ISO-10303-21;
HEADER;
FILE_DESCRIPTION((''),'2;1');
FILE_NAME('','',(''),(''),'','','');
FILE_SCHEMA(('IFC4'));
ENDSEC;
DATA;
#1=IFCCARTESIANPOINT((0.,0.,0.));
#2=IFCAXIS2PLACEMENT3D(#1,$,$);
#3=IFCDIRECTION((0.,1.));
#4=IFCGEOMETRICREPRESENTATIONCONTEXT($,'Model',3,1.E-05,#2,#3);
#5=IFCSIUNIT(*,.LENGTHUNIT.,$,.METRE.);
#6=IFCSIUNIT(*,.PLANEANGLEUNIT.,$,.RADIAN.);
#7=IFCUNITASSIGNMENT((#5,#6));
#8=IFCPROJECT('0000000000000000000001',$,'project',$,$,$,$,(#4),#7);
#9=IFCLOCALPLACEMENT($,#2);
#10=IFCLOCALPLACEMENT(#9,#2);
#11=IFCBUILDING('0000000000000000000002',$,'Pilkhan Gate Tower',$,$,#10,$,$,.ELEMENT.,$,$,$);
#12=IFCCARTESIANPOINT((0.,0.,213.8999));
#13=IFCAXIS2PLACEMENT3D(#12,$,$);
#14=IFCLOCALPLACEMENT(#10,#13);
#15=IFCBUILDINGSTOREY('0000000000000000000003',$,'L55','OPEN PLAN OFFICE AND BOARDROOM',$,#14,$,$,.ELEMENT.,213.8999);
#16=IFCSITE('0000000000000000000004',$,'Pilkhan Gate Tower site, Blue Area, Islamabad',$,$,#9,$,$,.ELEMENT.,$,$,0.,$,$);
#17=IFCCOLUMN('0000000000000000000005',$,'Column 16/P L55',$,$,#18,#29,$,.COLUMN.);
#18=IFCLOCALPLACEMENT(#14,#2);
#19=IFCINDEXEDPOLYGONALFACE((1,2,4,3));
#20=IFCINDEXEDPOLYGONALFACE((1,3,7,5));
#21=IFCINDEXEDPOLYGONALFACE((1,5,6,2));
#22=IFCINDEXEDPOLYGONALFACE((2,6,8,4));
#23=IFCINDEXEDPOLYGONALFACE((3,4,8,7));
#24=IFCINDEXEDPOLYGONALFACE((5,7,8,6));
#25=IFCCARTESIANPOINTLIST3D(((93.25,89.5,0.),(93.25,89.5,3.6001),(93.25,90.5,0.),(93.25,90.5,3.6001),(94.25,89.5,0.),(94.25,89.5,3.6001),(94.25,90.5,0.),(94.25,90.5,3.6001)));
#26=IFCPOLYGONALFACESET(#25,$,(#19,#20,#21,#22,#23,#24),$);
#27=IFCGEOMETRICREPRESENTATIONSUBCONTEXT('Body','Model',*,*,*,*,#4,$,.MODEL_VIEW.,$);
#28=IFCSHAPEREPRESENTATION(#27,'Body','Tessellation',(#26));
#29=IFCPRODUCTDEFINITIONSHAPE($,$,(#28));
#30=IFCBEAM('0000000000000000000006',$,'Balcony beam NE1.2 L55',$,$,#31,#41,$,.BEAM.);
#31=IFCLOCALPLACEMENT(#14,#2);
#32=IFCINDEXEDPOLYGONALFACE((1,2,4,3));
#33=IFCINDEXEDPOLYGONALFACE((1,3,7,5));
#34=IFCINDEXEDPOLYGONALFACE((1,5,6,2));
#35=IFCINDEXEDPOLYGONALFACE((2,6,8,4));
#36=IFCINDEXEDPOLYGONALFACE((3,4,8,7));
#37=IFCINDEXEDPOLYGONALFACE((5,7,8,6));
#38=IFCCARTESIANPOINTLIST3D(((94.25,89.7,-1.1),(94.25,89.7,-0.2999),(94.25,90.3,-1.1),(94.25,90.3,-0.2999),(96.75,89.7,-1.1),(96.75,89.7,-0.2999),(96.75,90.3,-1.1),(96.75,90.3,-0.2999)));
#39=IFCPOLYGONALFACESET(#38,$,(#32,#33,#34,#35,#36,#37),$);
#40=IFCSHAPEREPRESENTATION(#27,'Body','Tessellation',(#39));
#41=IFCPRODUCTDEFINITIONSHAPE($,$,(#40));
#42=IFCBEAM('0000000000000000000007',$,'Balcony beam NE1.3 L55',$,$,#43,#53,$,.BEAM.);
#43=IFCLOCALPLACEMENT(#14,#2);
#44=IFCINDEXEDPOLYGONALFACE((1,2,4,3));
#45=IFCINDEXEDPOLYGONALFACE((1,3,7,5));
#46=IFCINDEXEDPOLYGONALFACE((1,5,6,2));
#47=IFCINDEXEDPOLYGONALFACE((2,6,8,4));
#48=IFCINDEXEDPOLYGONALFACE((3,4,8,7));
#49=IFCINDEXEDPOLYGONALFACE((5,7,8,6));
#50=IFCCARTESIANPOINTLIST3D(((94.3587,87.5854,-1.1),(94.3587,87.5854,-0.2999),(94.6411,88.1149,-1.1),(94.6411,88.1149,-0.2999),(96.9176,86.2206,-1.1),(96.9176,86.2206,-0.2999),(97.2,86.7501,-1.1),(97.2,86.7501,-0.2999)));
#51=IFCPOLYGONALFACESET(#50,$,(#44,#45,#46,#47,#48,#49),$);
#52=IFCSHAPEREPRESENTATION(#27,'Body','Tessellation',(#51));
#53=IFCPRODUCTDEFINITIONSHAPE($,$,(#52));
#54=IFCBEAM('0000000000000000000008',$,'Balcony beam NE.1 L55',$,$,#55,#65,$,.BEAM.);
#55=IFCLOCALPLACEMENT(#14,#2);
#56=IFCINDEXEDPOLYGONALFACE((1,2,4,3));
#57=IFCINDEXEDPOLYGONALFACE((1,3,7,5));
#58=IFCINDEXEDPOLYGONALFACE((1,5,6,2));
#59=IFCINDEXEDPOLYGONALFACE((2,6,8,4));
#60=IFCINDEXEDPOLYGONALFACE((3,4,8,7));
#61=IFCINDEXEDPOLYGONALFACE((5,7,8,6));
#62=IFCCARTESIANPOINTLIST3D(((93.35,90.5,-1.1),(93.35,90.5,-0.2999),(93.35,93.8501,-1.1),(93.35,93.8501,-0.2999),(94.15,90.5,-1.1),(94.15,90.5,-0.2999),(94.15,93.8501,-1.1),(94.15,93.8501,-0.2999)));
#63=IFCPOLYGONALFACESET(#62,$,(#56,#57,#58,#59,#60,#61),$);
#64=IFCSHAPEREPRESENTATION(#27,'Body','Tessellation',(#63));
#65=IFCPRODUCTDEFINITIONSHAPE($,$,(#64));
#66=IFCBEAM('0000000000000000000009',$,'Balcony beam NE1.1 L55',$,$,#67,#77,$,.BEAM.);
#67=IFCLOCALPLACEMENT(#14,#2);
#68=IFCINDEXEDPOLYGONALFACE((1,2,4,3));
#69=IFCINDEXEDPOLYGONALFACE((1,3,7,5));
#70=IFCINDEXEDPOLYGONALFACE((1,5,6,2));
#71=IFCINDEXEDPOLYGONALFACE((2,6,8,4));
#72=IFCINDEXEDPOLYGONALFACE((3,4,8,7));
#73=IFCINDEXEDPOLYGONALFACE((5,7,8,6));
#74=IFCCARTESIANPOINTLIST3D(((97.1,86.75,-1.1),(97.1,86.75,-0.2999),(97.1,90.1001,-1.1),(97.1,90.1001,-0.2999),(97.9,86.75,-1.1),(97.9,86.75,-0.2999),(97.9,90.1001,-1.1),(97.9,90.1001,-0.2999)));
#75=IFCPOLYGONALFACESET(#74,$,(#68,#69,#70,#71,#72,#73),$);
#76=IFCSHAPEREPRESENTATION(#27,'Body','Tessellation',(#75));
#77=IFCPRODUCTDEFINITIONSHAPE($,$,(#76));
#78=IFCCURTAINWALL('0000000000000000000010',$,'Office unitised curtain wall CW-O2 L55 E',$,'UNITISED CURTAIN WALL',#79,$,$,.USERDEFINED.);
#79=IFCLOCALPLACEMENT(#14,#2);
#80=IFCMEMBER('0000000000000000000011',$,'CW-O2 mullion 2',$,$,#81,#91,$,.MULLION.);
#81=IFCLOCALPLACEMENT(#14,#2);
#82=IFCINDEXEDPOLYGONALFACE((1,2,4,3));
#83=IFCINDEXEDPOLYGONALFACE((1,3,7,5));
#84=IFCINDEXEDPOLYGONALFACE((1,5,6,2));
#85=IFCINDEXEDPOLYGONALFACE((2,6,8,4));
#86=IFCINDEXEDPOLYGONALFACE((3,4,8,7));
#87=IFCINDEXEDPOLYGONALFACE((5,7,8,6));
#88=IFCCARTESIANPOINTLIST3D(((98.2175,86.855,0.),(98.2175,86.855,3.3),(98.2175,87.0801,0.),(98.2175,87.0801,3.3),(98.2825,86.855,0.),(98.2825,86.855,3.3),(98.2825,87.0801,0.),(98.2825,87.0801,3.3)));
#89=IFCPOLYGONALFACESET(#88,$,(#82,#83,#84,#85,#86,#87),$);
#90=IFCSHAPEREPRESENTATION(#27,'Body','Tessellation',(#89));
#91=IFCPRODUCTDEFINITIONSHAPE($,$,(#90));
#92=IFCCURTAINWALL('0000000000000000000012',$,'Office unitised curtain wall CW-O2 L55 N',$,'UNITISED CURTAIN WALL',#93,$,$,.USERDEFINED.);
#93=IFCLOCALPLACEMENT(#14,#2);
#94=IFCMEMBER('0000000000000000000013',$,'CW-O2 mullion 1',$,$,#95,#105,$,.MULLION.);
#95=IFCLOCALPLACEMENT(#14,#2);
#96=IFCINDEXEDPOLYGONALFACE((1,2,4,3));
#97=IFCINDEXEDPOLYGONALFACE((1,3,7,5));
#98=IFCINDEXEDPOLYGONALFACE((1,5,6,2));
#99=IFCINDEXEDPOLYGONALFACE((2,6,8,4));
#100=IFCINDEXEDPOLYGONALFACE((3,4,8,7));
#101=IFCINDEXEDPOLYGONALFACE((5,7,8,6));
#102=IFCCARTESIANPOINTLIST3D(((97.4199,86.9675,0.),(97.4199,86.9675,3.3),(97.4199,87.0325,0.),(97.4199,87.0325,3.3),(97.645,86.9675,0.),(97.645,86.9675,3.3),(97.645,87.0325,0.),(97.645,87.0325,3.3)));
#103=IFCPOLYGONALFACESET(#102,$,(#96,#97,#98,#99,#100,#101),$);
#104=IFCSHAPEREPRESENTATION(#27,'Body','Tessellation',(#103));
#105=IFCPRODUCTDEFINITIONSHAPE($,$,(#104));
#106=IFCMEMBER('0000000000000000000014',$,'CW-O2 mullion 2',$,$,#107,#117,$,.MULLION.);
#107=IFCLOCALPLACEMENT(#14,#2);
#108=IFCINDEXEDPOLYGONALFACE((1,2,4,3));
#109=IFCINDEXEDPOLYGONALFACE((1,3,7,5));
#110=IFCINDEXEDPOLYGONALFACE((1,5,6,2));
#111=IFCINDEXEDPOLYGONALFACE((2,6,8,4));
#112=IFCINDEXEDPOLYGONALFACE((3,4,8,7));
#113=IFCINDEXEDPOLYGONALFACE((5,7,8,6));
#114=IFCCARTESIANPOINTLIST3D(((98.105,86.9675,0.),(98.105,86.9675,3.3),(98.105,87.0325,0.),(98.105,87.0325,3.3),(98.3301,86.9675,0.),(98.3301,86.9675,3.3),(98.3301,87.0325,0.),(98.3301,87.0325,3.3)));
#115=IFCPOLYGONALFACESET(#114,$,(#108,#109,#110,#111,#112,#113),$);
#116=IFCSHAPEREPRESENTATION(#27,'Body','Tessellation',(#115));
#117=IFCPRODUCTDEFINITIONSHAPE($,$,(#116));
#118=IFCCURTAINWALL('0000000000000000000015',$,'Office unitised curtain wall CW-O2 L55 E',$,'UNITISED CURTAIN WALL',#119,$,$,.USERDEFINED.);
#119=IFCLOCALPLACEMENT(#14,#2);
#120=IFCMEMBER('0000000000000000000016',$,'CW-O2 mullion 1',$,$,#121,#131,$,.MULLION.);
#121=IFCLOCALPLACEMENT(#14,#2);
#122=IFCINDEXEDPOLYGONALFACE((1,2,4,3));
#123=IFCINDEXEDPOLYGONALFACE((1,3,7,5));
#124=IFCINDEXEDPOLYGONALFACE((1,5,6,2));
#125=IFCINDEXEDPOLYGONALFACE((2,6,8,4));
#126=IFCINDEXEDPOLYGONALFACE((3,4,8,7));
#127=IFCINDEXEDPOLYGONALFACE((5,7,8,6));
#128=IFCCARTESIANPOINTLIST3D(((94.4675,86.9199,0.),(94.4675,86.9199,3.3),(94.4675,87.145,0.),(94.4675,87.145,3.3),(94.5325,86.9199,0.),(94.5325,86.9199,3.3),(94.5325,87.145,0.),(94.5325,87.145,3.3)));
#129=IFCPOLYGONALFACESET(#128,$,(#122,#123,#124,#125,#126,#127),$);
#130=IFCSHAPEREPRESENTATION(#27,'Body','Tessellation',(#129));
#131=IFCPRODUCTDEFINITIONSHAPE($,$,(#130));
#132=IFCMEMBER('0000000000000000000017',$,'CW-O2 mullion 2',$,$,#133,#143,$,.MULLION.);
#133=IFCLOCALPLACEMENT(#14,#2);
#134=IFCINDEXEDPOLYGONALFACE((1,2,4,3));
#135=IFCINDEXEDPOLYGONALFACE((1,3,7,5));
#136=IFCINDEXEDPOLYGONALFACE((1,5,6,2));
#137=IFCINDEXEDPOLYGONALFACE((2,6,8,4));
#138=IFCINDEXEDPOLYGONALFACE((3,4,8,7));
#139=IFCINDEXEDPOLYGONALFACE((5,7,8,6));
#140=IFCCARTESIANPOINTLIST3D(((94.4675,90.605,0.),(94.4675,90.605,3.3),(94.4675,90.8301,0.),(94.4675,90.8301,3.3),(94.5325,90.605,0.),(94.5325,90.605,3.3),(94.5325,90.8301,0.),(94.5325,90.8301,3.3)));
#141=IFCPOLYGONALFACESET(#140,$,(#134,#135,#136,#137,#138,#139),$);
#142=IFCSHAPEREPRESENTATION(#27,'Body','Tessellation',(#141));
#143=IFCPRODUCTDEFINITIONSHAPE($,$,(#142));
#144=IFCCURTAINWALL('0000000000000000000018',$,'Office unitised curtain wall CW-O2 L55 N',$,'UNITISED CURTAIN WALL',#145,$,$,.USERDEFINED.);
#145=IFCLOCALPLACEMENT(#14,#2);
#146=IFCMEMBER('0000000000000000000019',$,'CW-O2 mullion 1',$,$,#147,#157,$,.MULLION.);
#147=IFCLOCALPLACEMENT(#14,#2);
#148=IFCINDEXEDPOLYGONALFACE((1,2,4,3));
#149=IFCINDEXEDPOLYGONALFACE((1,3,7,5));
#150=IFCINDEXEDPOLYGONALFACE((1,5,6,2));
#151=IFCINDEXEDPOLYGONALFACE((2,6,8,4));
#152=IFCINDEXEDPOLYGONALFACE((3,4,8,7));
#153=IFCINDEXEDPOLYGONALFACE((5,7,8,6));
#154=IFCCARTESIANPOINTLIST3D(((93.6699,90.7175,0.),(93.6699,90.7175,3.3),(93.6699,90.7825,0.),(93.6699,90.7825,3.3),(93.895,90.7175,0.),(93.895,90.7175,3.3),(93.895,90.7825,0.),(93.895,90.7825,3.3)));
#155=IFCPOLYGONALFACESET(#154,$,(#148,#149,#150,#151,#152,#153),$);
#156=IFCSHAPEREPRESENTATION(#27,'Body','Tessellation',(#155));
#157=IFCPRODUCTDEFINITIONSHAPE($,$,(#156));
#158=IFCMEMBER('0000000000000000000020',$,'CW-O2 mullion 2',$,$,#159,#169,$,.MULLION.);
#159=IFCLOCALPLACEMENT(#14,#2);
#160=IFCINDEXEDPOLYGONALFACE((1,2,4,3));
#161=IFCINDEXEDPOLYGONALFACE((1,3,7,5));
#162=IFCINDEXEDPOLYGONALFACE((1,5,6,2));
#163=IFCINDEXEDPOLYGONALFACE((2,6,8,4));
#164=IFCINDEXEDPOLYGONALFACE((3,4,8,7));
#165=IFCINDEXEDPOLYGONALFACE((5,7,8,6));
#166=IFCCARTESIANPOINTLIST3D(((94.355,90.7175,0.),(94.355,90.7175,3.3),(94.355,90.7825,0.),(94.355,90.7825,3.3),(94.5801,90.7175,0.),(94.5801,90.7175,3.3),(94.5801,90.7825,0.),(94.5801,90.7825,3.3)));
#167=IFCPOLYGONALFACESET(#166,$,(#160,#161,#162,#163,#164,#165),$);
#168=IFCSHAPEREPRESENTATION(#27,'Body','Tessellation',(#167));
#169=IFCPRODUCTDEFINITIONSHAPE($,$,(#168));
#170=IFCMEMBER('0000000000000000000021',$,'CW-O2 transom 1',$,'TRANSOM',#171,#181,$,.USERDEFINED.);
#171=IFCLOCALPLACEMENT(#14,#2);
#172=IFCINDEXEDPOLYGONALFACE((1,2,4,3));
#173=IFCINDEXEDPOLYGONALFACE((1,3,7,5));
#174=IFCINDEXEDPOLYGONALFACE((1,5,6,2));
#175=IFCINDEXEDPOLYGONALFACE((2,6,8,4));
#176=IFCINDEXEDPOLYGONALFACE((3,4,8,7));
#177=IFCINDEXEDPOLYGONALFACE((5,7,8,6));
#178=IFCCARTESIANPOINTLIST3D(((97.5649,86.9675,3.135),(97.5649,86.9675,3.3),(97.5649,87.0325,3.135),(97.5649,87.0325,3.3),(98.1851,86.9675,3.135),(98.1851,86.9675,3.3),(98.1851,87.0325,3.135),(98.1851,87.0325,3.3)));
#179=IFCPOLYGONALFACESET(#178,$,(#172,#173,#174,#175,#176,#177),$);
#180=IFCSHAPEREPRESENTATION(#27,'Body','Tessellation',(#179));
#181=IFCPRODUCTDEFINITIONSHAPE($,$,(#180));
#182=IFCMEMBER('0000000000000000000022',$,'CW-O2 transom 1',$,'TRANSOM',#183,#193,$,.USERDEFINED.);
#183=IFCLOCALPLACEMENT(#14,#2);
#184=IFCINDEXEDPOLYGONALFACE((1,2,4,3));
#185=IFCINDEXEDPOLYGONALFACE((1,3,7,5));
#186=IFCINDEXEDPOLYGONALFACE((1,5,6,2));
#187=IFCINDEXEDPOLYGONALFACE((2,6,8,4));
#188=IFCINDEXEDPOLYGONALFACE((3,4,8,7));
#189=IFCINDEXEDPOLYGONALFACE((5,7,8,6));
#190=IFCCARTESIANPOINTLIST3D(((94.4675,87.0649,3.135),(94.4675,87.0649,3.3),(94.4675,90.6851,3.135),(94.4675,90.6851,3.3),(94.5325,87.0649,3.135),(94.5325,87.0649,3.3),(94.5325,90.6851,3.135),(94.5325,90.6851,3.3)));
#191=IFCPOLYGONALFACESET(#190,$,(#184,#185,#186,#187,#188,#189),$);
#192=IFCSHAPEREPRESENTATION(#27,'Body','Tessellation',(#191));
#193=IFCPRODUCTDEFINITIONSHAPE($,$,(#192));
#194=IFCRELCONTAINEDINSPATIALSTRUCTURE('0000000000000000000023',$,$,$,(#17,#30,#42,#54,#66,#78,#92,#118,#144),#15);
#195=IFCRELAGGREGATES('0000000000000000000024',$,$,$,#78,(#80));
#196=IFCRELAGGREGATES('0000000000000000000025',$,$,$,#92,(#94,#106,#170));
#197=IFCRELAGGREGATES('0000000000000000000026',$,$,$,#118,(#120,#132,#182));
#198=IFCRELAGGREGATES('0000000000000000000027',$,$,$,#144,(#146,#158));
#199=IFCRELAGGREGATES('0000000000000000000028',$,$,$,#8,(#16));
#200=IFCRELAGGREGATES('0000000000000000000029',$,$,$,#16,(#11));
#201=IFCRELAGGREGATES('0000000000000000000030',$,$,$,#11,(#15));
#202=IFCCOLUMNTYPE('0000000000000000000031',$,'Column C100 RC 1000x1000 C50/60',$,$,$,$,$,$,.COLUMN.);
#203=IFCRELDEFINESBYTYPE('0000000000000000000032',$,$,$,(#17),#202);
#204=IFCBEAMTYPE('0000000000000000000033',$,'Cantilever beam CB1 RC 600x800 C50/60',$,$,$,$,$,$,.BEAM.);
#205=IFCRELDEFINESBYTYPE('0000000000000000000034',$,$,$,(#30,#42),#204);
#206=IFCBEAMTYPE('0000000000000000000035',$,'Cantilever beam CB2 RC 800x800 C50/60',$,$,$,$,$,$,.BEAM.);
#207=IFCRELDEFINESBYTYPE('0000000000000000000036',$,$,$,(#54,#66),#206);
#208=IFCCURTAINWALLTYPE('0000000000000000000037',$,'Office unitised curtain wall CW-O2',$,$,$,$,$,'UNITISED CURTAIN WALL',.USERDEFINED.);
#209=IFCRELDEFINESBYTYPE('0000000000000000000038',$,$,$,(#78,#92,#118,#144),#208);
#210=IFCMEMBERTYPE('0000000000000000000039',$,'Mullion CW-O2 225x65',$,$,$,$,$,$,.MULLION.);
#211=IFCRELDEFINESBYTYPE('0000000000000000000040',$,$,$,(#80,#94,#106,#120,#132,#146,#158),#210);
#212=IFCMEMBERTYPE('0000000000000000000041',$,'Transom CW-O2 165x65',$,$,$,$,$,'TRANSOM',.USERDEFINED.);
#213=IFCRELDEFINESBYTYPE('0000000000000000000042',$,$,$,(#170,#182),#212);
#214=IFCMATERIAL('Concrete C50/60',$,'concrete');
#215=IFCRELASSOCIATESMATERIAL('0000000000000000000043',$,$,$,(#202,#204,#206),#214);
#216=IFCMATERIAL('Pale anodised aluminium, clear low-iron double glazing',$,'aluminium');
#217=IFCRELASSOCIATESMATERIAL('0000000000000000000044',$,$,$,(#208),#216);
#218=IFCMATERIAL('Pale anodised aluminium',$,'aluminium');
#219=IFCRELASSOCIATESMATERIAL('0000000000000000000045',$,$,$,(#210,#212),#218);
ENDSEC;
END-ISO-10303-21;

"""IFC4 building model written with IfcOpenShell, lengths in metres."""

from ifc_helpers import new_model, si_unit, direction, frame, origin, origin_2d, place, context, subcontext, project, spatial, rectangle, extrude, material, material_profile, profile_set, type_object, element, aggregate, save


model = new_model("IFC4")

# Units and contexts
model_context = context("Model", 3, precision=1e-05, world=origin(), true_north=direction((0.0, 1.0)))
body_context = subcontext(model_context, "Body", "Model", "MODEL_VIEW")
ifc_project = project(units=[si_unit("LENGTHUNIT", "METRE"), si_unit("PLANEANGLEUNIT", "RADIAN")], contexts=[model_context])

# Site, building, storey
site_placement = place(None, origin())
site = spatial("IfcSite", under=ifc_project, at=site_placement, Name="Pilkhan Gate Tower site, Blue Area, Islamabad", CompositionType="ELEMENT", RefElevation=0.0)
building_placement = place(site_placement, origin())
building = spatial("IfcBuilding", under=site, at=building_placement, Name="Pilkhan Gate Tower", CompositionType="ELEMENT")
storey_placement = place(building_placement, frame((0.0, 0.0, 213.8999)))
storey = spatial("IfcBuildingStorey", under=building, at=storey_placement, Name="L55", Description="OPEN PLAN OFFICE AND BOARDROOM", CompositionType="ELEMENT", Elevation=213.8999)

# Column
ifc_material_1 = material(Name="Concrete C50/60", Category="concrete")
ifc_material_profile_1 = material_profile(ifc_material_1, rectangle(XDim=1.0, YDim=1.0, at=origin_2d()), Name="RC 1000x1000")
ifc_profile_set_1 = profile_set([ifc_material_profile_1], Name="Concrete C50/60")
column_type = type_object("IfcColumnType", Name="Column C100 RC 1000x1000 C50/60", PredefinedType="COLUMN", material=ifc_profile_set_1)
column_placement = place(storey_placement, frame((93.75, 90.0, 0.0), z_axis=(0.0, 0.0, 1.0), x_axis=(1.0, 0.0, 0.0)))
element("IfcColumn", 1, at=column_placement, inside=storey, type_object=column_type, Name="Column 16/P L55", PredefinedType="COLUMN", context=body_context, shape_type="SweptSolid", body=[
    extrude(rectangle(XDim=1.0, YDim=1.0, at=origin_2d()), origin(), (0.0, 0.0, 1.0), 3.6001),
])

# Beams
ifc_material_profile_2 = material_profile(ifc_material_1, rectangle(XDim=0.6001, YDim=0.8, at=origin_2d()), Name="RC 600x800")
ifc_profile_set_2 = profile_set([ifc_material_profile_2], Name="Concrete C50/60")
beam_type_1 = type_object("IfcBeamType", Name="Cantilever beam CB1 RC 600x800 C50/60", PredefinedType="BEAM", material=ifc_profile_set_2)
beam_1_placement = place(storey_placement, frame((94.25, 90.0, -0.7), z_axis=(1.0, 0.0, 0.0), x_axis=(0.0, 1.0, 0.0)))
element("IfcBeam", 2, at=beam_1_placement, inside=storey, type_object=beam_type_1, Name="Balcony beam NE1.2 L55", PredefinedType="BEAM", context=body_context, shape_type="SweptSolid", body=[
    extrude(rectangle(XDim=0.6001, YDim=0.8, at=origin_2d()), origin(), (0.0, 0.0, 1.0), 2.5),
])
beam_2_placement = place(storey_placement, frame((97.0588, 86.4854, -0.7), z_axis=(-0.882348, 0.470597, 0.0), x_axis=(-0.470597, -0.882348, 0.0)))
element("IfcBeam", 3, at=beam_2_placement, inside=storey, type_object=beam_type_1, Name="Balcony beam NE1.3 L55", PredefinedType="BEAM", context=body_context, shape_type="SweptSolid", body=[
    extrude(rectangle(XDim=0.6001, YDim=0.8, at=origin_2d()), origin(), (0.0, 0.0, 1.0), 2.9001),
])
ifc_material_profile_3 = material_profile(ifc_material_1, rectangle(XDim=0.8, YDim=0.8, at=origin_2d()), Name="RC 800x800")
ifc_profile_set_3 = profile_set([ifc_material_profile_3], Name="Concrete C50/60")
beam_type_2 = type_object("IfcBeamType", Name="Cantilever beam CB2 RC 800x800 C50/60", PredefinedType="BEAM", material=ifc_profile_set_3)
for number, where, z_axis, x_axis, name in (
    (4, (93.75, 90.5, -0.7), (0.0, 1.0, 0.0), (-1.0, 0.0, 0.0), "Balcony beam NE.1 L55"),
    (5, (97.5, 86.75, -0.7), (0.0, 1.0, 0.0), (-1.0, 0.0, 0.0), "Balcony beam NE1.1 L55"),
):
    element("IfcBeam", number, at=place(storey_placement, frame(where, z_axis=z_axis, x_axis=x_axis)), inside=storey, type_object=beam_type_2, Name=name, PredefinedType="BEAM", context=body_context, shape_type="SweptSolid", body=[
        extrude(rectangle(XDim=0.8, YDim=0.8, at=origin_2d()), origin(), (0.0, 0.0, 1.0), 3.3501),
    ])

# Curtain wall, member
ifc_material_2 = material(Name="Pale anodised aluminium, clear low-iron double glazing", Category="aluminium")
curtain_wall_type = type_object("IfcCurtainWallType", Name="Office unitised curtain wall CW-O2", ElementType="UNITISED CURTAIN WALL", PredefinedType="USERDEFINED", material=ifc_material_2)
curtain_wall_1_placement = place(storey_placement, origin())
curtain_wall_1 = element("IfcCurtainWall", 6, at=curtain_wall_1_placement, inside=storey, type_object=curtain_wall_type, Name="Office unitised curtain wall CW-O2 L55 E", ObjectType="UNITISED CURTAIN WALL", PredefinedType="USERDEFINED")
ifc_material_3 = material(Name="Pale anodised aluminium", Category="aluminium")
ifc_material_profile_4 = material_profile(ifc_material_3, rectangle(XDim=0.0649, YDim=0.2251, at=origin_2d()), Name="Mullion 225x65")
ifc_profile_set_4 = profile_set([ifc_material_profile_4], Name="Pale anodised aluminium")
member_type_1 = type_object("IfcMemberType", Name="Mullion CW-O2 225x65", PredefinedType="MULLION", material=ifc_profile_set_4)
member_1_placement = place(storey_placement, frame((98.25, 86.9675, 0.0), z_axis=(0.0, 0.0, 1.0), x_axis=(-1.0, 0.0, 0.0)))
member_1 = element("IfcMember", 7, at=member_1_placement, type_object=member_type_1, Name="CW-O2 mullion 2", PredefinedType="MULLION", context=body_context, shape_type="SweptSolid", body=[
    extrude(rectangle(XDim=0.0649, YDim=0.2251, at=origin_2d()), origin(), (0.0, 0.0, 1.0), 3.3),
])
aggregate(curtain_wall_1, [member_1])

# Curtain walls, members
curtain_wall_2_placement = place(storey_placement, origin())
curtain_wall_2 = element("IfcCurtainWall", 8, at=curtain_wall_2_placement, inside=storey, type_object=curtain_wall_type, Name="Office unitised curtain wall CW-O2 L55 N", ObjectType="UNITISED CURTAIN WALL", PredefinedType="USERDEFINED")
member_2_placement = place(storey_placement, frame((97.5325, 87.0, 0.0), z_axis=(0.0, 0.0, 1.0), x_axis=(0.0, 1.0, 0.0)))
member_2 = element("IfcMember", 9, at=member_2_placement, type_object=member_type_1, Name="CW-O2 mullion 1", PredefinedType="MULLION", context=body_context, shape_type="SweptSolid", body=[
    extrude(rectangle(XDim=0.0649, YDim=0.2251, at=origin_2d()), origin(), (0.0, 0.0, 1.0), 3.3),
])
member_3_placement = place(storey_placement, frame((98.2175, 87.0, 0.0), z_axis=(0.0, 0.0, 1.0), x_axis=(0.0, 1.0, 0.0)))
member_3 = element("IfcMember", 10, at=member_3_placement, type_object=member_type_1, Name="CW-O2 mullion 2", PredefinedType="MULLION", context=body_context, shape_type="SweptSolid", body=[
    extrude(rectangle(XDim=0.0649, YDim=0.2251, at=origin_2d()), origin(), (0.0, 0.0, 1.0), 3.3),
])
curtain_wall_3_placement = place(storey_placement, origin())
curtain_wall_3 = element("IfcCurtainWall", 11, at=curtain_wall_3_placement, inside=storey, type_object=curtain_wall_type, Name="Office unitised curtain wall CW-O2 L55 E", ObjectType="UNITISED CURTAIN WALL", PredefinedType="USERDEFINED")
member_4_placement = place(storey_placement, frame((94.5, 87.0325, 0.0), z_axis=(0.0, 0.0, 1.0), x_axis=(-1.0, 0.0, 0.0)))
member_4 = element("IfcMember", 12, at=member_4_placement, type_object=member_type_1, Name="CW-O2 mullion 1", PredefinedType="MULLION", context=body_context, shape_type="SweptSolid", body=[
    extrude(rectangle(XDim=0.0649, YDim=0.2251, at=origin_2d()), origin(), (0.0, 0.0, 1.0), 3.3),
])
member_5_placement = place(storey_placement, frame((94.5, 90.7175, 0.0), z_axis=(0.0, 0.0, 1.0), x_axis=(-1.0, 0.0, 0.0)))
member_5 = element("IfcMember", 13, at=member_5_placement, type_object=member_type_1, Name="CW-O2 mullion 2", PredefinedType="MULLION", context=body_context, shape_type="SweptSolid", body=[
    extrude(rectangle(XDim=0.0649, YDim=0.2251, at=origin_2d()), origin(), (0.0, 0.0, 1.0), 3.3),
])
curtain_wall_4_placement = place(storey_placement, origin())
curtain_wall_4 = element("IfcCurtainWall", 14, at=curtain_wall_4_placement, inside=storey, type_object=curtain_wall_type, Name="Office unitised curtain wall CW-O2 L55 N", ObjectType="UNITISED CURTAIN WALL", PredefinedType="USERDEFINED")
member_6_placement = place(storey_placement, frame((93.7825, 90.75, 0.0), z_axis=(0.0, 0.0, 1.0), x_axis=(0.0, 1.0, 0.0)))
member_6 = element("IfcMember", 15, at=member_6_placement, type_object=member_type_1, Name="CW-O2 mullion 1", PredefinedType="MULLION", context=body_context, shape_type="SweptSolid", body=[
    extrude(rectangle(XDim=0.0649, YDim=0.2251, at=origin_2d()), origin(), (0.0, 0.0, 1.0), 3.3),
])
member_7_placement = place(storey_placement, frame((94.4675, 90.75, 0.0), z_axis=(0.0, 0.0, 1.0), x_axis=(0.0, 1.0, 0.0)))
member_7 = element("IfcMember", 16, at=member_7_placement, type_object=member_type_1, Name="CW-O2 mullion 2", PredefinedType="MULLION", context=body_context, shape_type="SweptSolid", body=[
    extrude(rectangle(XDim=0.0649, YDim=0.2251, at=origin_2d()), origin(), (0.0, 0.0, 1.0), 3.3),
])

# Members
ifc_material_profile_5 = material_profile(ifc_material_3, rectangle(XDim=0.0649, YDim=0.165, at=origin_2d()), Name="Transom 165x65")
ifc_profile_set_5 = profile_set([ifc_material_profile_5], Name="Pale anodised aluminium")
member_type_2 = type_object("IfcMemberType", Name="Transom CW-O2 165x65", ElementType="TRANSOM", PredefinedType="USERDEFINED", material=ifc_profile_set_5)
member_8_placement = place(storey_placement, frame((97.5649, 87.0, 3.2175), z_axis=(1.0, 0.0, 0.0), x_axis=(0.0, 1.0, 0.0)))
member_8 = element("IfcMember", 17, at=member_8_placement, type_object=member_type_2, Name="CW-O2 transom 1", ObjectType="TRANSOM", PredefinedType="USERDEFINED", context=body_context, shape_type="SweptSolid", body=[
    extrude(rectangle(XDim=0.0649, YDim=0.165, at=origin_2d()), origin(), (0.0, 0.0, 1.0), 0.6201),
])
member_9_placement = place(storey_placement, frame((94.5, 87.0649, 3.2175), z_axis=(0.0, 1.0, 0.0), x_axis=(-1.0, 0.0, 0.0)))
member_9 = element("IfcMember", 18, at=member_9_placement, type_object=member_type_2, Name="CW-O2 transom 1", ObjectType="TRANSOM", PredefinedType="USERDEFINED", context=body_context, shape_type="SweptSolid", body=[
    extrude(rectangle(XDim=0.0649, YDim=0.165, at=origin_2d()), origin(), (0.0, 0.0, 1.0), 3.6201),
])

aggregate(curtain_wall_2, [member_2, member_3, member_8])
aggregate(curtain_wall_3, [member_4, member_5, member_9])
aggregate(curtain_wall_4, [member_6, member_7])

save(model, "model.ifc")
